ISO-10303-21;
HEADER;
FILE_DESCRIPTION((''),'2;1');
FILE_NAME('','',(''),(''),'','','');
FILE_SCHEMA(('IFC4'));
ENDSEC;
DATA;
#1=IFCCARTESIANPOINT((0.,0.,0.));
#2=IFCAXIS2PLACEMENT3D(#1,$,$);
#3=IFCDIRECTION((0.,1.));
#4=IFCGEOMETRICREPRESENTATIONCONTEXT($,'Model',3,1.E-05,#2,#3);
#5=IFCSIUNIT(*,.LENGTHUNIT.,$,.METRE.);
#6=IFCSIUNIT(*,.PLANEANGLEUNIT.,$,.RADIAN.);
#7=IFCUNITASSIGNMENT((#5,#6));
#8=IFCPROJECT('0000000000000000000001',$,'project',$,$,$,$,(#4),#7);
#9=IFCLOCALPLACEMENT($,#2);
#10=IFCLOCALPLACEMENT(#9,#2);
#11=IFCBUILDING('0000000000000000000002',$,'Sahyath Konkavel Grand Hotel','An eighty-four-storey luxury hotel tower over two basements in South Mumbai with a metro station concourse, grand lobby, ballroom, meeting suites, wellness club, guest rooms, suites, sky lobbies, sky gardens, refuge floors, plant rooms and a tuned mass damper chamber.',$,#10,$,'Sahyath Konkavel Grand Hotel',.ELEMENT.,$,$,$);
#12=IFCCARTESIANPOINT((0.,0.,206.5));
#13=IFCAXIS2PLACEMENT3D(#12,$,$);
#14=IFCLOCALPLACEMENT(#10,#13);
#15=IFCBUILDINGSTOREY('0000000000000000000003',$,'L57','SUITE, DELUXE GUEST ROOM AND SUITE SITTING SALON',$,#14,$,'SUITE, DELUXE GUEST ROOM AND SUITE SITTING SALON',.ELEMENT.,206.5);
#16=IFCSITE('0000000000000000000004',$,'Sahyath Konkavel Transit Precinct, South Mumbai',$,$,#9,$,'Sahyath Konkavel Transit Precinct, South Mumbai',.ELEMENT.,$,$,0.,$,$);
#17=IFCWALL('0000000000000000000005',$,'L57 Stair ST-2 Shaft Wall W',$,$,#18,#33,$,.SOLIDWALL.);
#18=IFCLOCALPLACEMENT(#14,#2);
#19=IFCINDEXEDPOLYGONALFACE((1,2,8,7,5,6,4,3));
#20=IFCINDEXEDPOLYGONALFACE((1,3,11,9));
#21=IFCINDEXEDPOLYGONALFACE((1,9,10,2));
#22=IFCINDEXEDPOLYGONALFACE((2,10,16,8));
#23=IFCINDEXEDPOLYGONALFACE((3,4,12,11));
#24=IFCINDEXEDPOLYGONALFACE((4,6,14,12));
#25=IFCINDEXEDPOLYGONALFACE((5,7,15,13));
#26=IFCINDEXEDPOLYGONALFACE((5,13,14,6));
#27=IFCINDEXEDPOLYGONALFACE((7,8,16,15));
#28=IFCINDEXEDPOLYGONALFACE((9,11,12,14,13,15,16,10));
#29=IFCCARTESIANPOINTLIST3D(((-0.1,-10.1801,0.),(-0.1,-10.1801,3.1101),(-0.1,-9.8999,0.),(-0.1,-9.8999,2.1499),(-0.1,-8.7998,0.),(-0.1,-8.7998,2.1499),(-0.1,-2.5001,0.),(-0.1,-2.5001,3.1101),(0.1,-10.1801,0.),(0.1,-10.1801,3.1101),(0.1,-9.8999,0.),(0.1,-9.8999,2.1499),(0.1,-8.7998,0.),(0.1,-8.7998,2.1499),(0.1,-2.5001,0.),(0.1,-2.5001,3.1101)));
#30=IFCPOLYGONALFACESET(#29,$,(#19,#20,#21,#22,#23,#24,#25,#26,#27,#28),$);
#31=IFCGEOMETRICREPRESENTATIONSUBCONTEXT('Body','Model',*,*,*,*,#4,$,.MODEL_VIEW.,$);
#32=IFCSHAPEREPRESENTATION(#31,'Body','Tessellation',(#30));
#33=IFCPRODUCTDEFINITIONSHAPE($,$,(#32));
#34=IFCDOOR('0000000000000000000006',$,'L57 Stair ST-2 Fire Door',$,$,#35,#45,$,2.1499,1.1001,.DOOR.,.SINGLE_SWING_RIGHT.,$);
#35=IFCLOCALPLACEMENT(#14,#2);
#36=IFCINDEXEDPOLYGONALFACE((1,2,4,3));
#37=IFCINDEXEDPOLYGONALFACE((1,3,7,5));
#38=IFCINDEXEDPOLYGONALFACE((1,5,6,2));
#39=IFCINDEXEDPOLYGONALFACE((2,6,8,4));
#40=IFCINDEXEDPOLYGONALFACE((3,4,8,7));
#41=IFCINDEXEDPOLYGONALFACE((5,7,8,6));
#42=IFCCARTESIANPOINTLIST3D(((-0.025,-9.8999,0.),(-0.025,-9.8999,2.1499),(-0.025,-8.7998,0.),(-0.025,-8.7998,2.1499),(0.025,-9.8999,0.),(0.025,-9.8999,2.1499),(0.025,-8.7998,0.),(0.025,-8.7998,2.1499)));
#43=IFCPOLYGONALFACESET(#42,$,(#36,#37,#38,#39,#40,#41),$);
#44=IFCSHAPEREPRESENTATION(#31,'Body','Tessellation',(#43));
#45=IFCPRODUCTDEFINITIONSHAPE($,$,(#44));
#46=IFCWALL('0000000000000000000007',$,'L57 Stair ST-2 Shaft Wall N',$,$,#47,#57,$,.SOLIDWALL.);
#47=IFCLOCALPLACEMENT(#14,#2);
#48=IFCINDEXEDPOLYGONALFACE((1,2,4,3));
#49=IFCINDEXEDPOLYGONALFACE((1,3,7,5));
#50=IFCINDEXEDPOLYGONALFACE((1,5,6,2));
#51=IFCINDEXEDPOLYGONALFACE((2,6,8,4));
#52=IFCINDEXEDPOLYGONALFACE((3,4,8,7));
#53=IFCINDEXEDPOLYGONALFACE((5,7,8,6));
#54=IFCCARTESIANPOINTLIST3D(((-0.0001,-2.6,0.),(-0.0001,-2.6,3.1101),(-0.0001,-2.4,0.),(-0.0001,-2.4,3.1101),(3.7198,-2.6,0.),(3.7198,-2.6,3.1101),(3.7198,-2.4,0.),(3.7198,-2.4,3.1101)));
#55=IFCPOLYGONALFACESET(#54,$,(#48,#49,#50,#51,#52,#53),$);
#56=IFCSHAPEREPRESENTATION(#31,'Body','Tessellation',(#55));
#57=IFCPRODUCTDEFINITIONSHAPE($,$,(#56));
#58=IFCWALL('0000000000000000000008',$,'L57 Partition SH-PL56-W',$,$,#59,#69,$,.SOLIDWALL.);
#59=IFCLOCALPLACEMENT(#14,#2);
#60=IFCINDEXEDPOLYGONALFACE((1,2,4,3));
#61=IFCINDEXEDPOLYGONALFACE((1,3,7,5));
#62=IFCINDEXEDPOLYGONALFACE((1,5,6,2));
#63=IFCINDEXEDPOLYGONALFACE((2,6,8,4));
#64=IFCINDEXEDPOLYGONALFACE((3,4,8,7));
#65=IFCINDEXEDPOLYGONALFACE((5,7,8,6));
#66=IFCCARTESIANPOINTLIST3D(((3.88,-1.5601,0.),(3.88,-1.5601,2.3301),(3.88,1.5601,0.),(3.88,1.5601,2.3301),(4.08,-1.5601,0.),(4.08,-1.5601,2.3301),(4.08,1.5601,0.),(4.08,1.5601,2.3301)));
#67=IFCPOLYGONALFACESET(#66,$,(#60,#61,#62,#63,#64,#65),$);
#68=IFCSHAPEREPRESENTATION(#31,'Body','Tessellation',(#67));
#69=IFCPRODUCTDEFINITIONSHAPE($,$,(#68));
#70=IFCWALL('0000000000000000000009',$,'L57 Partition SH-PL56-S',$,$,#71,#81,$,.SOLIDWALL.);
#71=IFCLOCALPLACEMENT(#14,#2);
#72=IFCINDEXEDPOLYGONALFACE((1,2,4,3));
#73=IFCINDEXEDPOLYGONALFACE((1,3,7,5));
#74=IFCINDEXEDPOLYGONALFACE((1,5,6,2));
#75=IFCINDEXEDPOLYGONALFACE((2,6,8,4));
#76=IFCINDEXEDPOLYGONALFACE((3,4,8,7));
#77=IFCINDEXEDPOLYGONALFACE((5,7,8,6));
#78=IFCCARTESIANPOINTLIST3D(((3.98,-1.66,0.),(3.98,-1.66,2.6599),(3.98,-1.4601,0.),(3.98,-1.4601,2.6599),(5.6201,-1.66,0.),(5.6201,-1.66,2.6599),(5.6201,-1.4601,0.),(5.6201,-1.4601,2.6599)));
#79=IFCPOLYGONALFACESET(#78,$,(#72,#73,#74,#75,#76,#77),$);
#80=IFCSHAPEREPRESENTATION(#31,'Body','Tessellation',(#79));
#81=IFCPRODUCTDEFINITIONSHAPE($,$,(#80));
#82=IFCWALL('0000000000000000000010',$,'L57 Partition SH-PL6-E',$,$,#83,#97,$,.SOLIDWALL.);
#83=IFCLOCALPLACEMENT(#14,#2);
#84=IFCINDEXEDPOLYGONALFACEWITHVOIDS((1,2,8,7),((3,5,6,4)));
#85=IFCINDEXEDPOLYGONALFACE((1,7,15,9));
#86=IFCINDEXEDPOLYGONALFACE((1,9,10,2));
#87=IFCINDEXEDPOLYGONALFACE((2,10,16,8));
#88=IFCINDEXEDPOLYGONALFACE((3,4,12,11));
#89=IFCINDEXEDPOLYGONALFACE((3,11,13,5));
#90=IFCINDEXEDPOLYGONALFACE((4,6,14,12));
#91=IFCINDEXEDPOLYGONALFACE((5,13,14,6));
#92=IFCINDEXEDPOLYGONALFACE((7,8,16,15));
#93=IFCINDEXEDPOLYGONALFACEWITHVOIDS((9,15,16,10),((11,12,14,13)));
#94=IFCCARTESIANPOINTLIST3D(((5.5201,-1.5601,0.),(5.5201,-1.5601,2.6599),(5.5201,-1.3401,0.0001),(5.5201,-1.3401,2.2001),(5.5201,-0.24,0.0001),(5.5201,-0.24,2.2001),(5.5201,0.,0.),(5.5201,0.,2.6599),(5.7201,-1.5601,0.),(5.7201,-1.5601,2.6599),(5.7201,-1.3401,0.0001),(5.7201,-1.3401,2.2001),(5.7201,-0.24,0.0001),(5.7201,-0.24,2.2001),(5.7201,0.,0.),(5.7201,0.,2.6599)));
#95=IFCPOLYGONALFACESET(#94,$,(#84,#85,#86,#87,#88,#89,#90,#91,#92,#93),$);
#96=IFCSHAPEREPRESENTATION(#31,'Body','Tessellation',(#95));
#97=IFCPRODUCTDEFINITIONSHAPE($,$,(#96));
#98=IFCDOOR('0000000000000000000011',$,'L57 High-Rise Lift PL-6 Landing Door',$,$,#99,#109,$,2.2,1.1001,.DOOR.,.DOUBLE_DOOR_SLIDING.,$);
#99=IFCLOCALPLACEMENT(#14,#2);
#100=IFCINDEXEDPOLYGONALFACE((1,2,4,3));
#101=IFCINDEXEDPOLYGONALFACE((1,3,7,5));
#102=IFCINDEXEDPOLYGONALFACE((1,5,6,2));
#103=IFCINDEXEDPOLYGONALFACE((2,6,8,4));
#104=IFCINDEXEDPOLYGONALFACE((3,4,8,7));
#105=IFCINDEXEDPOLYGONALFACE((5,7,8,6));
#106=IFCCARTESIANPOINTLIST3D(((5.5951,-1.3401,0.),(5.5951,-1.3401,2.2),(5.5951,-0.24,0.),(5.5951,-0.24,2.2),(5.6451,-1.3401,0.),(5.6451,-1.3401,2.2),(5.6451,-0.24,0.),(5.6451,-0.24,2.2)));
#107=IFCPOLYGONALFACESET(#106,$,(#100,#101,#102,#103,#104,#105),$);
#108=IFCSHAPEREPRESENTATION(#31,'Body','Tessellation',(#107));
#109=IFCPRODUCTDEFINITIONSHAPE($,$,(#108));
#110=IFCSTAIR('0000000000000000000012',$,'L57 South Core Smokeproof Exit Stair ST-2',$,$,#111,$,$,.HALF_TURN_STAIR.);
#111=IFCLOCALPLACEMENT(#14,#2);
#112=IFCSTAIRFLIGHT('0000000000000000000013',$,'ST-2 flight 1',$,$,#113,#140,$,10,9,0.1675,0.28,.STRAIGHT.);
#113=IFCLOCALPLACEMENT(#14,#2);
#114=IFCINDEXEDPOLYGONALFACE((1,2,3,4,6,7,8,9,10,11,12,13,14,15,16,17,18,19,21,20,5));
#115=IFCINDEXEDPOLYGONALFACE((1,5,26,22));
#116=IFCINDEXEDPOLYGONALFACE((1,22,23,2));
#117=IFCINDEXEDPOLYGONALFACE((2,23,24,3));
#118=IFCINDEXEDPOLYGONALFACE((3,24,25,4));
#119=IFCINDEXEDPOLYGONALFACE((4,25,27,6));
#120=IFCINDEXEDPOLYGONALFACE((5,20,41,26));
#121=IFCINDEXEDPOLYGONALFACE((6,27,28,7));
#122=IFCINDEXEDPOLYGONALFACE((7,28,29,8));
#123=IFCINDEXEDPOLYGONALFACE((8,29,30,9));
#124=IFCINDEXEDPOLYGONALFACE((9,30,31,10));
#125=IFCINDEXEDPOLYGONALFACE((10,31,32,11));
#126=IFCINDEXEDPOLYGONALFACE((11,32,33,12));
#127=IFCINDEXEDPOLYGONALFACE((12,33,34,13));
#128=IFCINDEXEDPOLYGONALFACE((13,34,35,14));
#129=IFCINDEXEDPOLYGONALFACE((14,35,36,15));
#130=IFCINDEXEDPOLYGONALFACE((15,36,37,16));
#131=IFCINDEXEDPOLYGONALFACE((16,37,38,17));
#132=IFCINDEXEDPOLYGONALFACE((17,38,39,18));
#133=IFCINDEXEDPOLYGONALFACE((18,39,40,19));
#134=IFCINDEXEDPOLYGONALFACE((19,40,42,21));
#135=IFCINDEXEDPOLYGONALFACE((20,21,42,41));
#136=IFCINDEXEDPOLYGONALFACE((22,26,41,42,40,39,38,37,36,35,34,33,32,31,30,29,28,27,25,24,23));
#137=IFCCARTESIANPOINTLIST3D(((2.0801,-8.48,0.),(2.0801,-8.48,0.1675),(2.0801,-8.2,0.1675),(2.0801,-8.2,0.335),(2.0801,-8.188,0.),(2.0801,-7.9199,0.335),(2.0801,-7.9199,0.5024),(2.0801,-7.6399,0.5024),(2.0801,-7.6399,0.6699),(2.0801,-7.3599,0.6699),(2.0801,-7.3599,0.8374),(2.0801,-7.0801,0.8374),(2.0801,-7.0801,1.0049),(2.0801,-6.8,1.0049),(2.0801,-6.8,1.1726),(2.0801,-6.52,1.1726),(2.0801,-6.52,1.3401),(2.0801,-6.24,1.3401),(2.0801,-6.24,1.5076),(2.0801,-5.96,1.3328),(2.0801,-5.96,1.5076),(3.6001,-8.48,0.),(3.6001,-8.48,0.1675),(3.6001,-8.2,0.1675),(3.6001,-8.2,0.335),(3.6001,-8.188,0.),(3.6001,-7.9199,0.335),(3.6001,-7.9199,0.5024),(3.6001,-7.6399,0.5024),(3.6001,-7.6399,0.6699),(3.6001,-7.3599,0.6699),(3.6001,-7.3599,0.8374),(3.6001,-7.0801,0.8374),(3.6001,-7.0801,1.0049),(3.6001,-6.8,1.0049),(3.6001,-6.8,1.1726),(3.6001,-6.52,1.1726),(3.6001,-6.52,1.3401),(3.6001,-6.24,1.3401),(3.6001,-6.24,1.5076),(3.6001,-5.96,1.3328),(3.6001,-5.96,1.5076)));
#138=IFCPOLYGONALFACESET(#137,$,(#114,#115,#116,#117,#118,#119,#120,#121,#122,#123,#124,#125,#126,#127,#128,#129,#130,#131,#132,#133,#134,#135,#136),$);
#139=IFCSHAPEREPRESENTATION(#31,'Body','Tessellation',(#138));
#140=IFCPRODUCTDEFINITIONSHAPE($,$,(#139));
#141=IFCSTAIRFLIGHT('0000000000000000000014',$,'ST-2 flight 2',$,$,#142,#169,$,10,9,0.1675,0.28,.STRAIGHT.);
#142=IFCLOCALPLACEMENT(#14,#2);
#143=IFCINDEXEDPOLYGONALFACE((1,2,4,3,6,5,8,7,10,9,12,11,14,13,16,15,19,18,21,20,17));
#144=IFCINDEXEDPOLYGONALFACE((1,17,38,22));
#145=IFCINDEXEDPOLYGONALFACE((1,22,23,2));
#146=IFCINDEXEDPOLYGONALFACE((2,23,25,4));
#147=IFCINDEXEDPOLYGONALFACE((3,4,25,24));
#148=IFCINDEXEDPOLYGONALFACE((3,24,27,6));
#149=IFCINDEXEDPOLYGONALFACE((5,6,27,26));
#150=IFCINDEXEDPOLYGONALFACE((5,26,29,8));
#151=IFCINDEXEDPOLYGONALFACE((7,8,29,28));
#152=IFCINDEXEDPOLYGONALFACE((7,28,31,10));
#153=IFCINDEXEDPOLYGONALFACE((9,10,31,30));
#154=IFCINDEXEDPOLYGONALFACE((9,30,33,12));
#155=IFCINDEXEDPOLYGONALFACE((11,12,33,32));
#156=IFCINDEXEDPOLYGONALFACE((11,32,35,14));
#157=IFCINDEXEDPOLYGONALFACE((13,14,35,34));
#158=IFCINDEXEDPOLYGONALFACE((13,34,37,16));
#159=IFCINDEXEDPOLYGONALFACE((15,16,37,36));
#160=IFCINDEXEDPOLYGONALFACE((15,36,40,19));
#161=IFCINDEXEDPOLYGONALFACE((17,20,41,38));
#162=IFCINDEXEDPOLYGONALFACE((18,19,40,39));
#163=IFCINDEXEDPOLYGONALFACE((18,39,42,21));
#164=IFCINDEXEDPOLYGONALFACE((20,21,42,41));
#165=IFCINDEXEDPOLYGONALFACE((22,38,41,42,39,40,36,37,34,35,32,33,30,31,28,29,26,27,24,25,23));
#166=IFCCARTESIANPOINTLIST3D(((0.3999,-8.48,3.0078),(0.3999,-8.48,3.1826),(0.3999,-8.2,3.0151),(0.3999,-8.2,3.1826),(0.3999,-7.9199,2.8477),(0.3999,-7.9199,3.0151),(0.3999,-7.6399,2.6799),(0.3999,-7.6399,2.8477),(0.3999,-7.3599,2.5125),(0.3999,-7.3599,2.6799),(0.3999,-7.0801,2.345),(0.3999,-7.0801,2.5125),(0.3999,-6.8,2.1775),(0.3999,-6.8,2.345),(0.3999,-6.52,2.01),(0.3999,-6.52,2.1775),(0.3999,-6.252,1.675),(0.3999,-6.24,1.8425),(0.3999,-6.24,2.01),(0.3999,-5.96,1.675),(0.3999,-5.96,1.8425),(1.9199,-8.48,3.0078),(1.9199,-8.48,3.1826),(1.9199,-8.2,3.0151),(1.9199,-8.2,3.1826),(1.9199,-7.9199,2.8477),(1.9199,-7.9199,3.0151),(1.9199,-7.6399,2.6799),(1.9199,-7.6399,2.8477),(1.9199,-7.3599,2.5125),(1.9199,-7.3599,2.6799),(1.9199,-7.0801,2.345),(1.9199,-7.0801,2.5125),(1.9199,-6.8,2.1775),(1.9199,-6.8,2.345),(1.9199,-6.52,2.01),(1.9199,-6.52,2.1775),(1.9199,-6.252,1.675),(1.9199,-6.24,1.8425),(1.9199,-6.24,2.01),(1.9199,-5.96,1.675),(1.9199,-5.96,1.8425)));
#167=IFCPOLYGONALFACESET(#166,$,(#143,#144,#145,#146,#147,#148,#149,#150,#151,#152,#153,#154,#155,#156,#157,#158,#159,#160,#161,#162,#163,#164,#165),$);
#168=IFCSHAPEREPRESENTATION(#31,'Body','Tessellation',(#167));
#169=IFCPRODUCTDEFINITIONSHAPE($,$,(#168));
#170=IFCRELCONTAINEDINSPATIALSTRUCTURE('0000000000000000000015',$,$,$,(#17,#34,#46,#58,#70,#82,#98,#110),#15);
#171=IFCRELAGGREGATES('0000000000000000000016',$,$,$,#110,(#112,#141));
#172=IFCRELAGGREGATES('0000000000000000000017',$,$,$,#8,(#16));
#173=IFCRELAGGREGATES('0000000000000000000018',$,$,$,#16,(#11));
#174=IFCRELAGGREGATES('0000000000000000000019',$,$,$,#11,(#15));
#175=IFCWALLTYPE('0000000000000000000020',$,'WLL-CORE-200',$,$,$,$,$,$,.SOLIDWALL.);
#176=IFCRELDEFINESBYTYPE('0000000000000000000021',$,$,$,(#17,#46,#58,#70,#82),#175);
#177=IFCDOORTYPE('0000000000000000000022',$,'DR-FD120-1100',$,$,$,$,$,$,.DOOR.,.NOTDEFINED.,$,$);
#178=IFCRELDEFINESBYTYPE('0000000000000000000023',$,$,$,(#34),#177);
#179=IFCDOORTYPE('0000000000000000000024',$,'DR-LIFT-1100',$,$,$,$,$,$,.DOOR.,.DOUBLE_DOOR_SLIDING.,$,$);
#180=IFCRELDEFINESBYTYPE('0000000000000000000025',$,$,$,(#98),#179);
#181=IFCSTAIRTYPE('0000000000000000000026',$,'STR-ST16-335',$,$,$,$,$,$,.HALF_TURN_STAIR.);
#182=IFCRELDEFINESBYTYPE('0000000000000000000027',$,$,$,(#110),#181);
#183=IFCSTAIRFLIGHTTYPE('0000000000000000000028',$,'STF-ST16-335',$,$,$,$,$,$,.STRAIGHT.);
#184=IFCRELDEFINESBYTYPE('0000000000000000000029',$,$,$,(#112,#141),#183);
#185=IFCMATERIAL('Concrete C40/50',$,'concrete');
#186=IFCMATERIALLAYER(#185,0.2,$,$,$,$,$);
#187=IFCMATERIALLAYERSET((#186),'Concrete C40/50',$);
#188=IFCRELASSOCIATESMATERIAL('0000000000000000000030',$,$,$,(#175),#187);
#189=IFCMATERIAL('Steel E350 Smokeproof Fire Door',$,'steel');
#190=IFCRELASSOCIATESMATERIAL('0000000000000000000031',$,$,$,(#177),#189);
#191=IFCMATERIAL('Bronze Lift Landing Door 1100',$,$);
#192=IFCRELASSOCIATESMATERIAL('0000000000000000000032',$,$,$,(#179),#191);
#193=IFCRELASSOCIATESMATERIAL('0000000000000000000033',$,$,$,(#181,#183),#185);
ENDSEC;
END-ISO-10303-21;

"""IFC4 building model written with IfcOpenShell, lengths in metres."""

from ifc_helpers import new_model, si_unit, direction, frame, frame_2d, origin, origin_2d, place, context, subcontext, project, spatial, polyline, rectangle, outline, extrude, source, transform, mapped, material, layer, layer_set, type_object, element, fill, aggregate, save


model = new_model("IFC4")

# Units and contexts
model_context = context("Model", 3, precision=1e-05, world=origin(), true_north=direction((0.0, 1.0)))
body_context = subcontext(model_context, "Body", "Model", "MODEL_VIEW")
ifc_project = project(units=[si_unit("LENGTHUNIT", "METRE"), si_unit("PLANEANGLEUNIT", "RADIAN")], contexts=[model_context])

# Site, building, storey
site_placement = place(None, origin())
site = spatial("IfcSite", under=ifc_project, at=site_placement, Name="Sahyath Konkavel Transit Precinct, South Mumbai", LongName="Sahyath Konkavel Transit Precinct, South Mumbai", CompositionType="ELEMENT", RefElevation=0.0)
building_placement = place(site_placement, origin())
building = spatial("IfcBuilding", under=site, at=building_placement, Name="Sahyath Konkavel Grand Hotel", Description="An eighty-four-storey luxury hotel tower over two basements in South Mumbai with a metro station concourse, grand lobby, ballroom, meeting suites, wellness club, guest rooms, suites, sky lobbies, sky gardens, refuge floors, plant rooms and a tuned mass damper chamber.", LongName="Sahyath Konkavel Grand Hotel", CompositionType="ELEMENT")
storey_placement = place(building_placement, frame((0.0, 0.0, 206.5)))
storey = spatial("IfcBuildingStorey", under=building, at=storey_placement, Name="L57", Description="SUITE, DELUXE GUEST ROOM AND SUITE SITTING SALON", LongName="SUITE, DELUXE GUEST ROOM AND SUITE SITTING SALON", CompositionType="ELEMENT", Elevation=206.5)

# Shared definitions
ifc_material_1 = material(Name="Concrete C40/50", Category="concrete")

# Wall, opening, door
ifc_layer_1 = layer(ifc_material_1, 0.2)
ifc_layer_set_1 = layer_set([ifc_layer_1], Name="Concrete C40/50")
wall_type_1 = type_object("IfcWallType", Name="WLL-CORE-200", PredefinedType="SOLIDWALL", material=ifc_layer_set_1)
wall_1_placement = place(storey_placement, frame((0.0, -10.1799, 0.0), z_axis=(0.0, 0.0, 1.0), x_axis=(0.0, 1.0, 0.0)))
wall_1 = element("IfcWall", 1, at=wall_1_placement, inside=storey, type_object=wall_type_1, Name="L57 Stair ST-2 Shaft Wall W", PredefinedType="SOLIDWALL", context=body_context, shape_type="SweptSolid", body=[
    extrude(rectangle(XDim=7.6799, YDim=0.2, at=frame_2d((3.8398, 0.0))), origin(), (0.0, 0.0, 1.0), 3.1101),
])
opening_1_placement = place(wall_1_placement, frame((0.28, 0.0, 0.0)))
opening_1 = element("IfcOpeningElement", 2, at=opening_1_placement, cuts=wall_1, PredefinedType="OPENING", context=body_context, shape_type="SweptSolid", body=[
    extrude(rectangle(XDim=1.1001, YDim=2.1499, at=frame_2d((0.55, 1.075))), frame((0.0, 0.1099, 0.0), z_axis=(0.0, -1.0, 0.0), x_axis=(1.0, 0.0, 0.0)), (0.0, 0.0, 1.0), 0.22),
])
ifc_material_2 = material(Name="Steel E350 Smokeproof Fire Door", Category="steel")
door_type_1 = type_object("IfcDoorType", Name="DR-FD120-1100", OperationType="NOTDEFINED", PredefinedType="DOOR", material=ifc_material_2)
shared_shape_1 = source(origin(), body_context, "Body", "SweptSolid", [
    extrude(rectangle(XDim=1.1001, YDim=0.05, at=origin_2d()), origin(), (0.0, 0.0, 1.0), 2.1499),
])
door_1_placement = place(opening_1_placement, frame((0.55, 0.0, 0.0)))
door_1 = element("IfcDoor", 3, at=door_1_placement, inside=storey, type_object=door_type_1, Name="L57 Stair ST-2 Fire Door", OperationType="SINGLE_SWING_RIGHT", OverallHeight=2.1499, OverallWidth=1.1001, PredefinedType="DOOR", context=body_context, shape_type="MappedRepresentation", body=[
    mapped(shared_shape_1, transform((0.0, 0.0, 0.0), scale=1.0)),
])
fill(opening_1, door_1)

# Walls
wall_2_placement = place(storey_placement, frame((0.0, -2.5, 0.0), z_axis=(0.0, 0.0, 1.0), x_axis=(1.0, 0.0, 0.0)))
element("IfcWall", 4, at=wall_2_placement, inside=storey, type_object=wall_type_1, Name="L57 Stair ST-2 Shaft Wall N", PredefinedType="SOLIDWALL", context=body_context, shape_type="SweptSolid", body=[
    extrude(rectangle(XDim=3.72, YDim=0.2, at=frame_2d((1.8599, 0.0))), origin(), (0.0, 0.0, 1.0), 3.1101),
])
wall_3_placement = place(storey_placement, frame((3.98, -1.5601, 0.0), z_axis=(0.0, 0.0, 1.0), x_axis=(0.0, 1.0, 0.0)))
element("IfcWall", 5, at=wall_3_placement, inside=storey, type_object=wall_type_1, Name="L57 Partition SH-PL56-W", PredefinedType="SOLIDWALL", context=body_context, shape_type="SweptSolid", body=[
    extrude(rectangle(XDim=3.1201, YDim=0.2, at=frame_2d((1.5601, 0.0))), origin(), (0.0, 0.0, 1.0), 2.3301),
])
wall_4_placement = place(storey_placement, frame((3.98, -1.5601, 0.0), z_axis=(0.0, 0.0, 1.0), x_axis=(1.0, 0.0, 0.0)))
element("IfcWall", 6, at=wall_4_placement, inside=storey, type_object=wall_type_1, Name="L57 Partition SH-PL56-S", PredefinedType="SOLIDWALL", context=body_context, shape_type="SweptSolid", body=[
    extrude(rectangle(XDim=1.6401, YDim=0.2, at=frame_2d((0.8201, 0.0))), origin(), (0.0, 0.0, 1.0), 2.6599),
])

# Wall, opening, door
wall_5_placement = place(storey_placement, frame((5.6201, -1.5601, 0.0), z_axis=(0.0, 0.0, 1.0), x_axis=(0.0, 1.0, 0.0)))
wall_5 = element("IfcWall", 7, at=wall_5_placement, inside=storey, type_object=wall_type_1, Name="L57 Partition SH-PL6-E", PredefinedType="SOLIDWALL", context=body_context, shape_type="SweptSolid", body=[
    extrude(rectangle(XDim=1.5601, YDim=0.2, at=frame_2d((0.78, 0.0))), origin(), (0.0, 0.0, 1.0), 2.6599),
])
opening_2_placement = place(wall_5_placement, frame((0.22, 0.0, 0.0)))
opening_2 = element("IfcOpeningElement", 8, at=opening_2_placement, cuts=wall_5, PredefinedType="OPENING", context=body_context, shape_type="SweptSolid", body=[
    extrude(rectangle(XDim=1.1001, YDim=2.2, at=frame_2d((0.55, 1.1001))), frame((0.0, 0.1099, 0.0), z_axis=(0.0, -1.0, 0.0), x_axis=(1.0, 0.0, 0.0)), (0.0, 0.0, 1.0), 0.22),
])
ifc_material_3 = material(Name="Bronze Lift Landing Door 1100")
door_type_2 = type_object("IfcDoorType", Name="DR-LIFT-1100", OperationType="DOUBLE_DOOR_SLIDING", PredefinedType="DOOR", material=ifc_material_3)
shared_shape_2 = source(origin(), body_context, "Body", "SweptSolid", [
    extrude(rectangle(XDim=1.1001, YDim=0.05, at=origin_2d()), origin(), (0.0, 0.0, 1.0), 2.2),
])
door_2_placement = place(opening_2_placement, frame((0.55, 0.0, 0.0)))
door_2 = element("IfcDoor", 9, at=door_2_placement, inside=storey, type_object=door_type_2, Name="L57 High-Rise Lift PL-6 Landing Door", OperationType="DOUBLE_DOOR_SLIDING", OverallHeight=2.2, OverallWidth=1.1001, PredefinedType="DOOR", context=body_context, shape_type="MappedRepresentation", body=[
    mapped(shared_shape_2, transform((0.0, 0.0, 0.0), scale=1.0)),
])
fill(opening_2, door_2)

# Stair, stair flights
stair_type = type_object("IfcStairType", Name="STR-ST16-335", PredefinedType="HALF_TURN_STAIR", material=ifc_material_1)
stair_placement = place(storey_placement, origin())
stair = element("IfcStair", 10, at=stair_placement, inside=storey, type_object=stair_type, Name="L57 South Core Smokeproof Exit Stair ST-2", PredefinedType="HALF_TURN_STAIR")
stair_flight_type = type_object("IfcStairFlightType", Name="STF-ST16-335", PredefinedType="STRAIGHT", material=ifc_material_1)
stair_flight_1_placement = place(storey_placement, frame((2.8401, -8.48, 0.0), z_axis=(0.0, 0.0, 1.0), x_axis=(0.0, 1.0, 0.0)))
stair_flight_1 = element("IfcStairFlight", 11, at=stair_flight_1_placement, type_object=stair_flight_type, Name="ST-2 flight 1", NumberOfRisers=10, NumberOfTreads=9, PredefinedType="STRAIGHT", RiserHeight=0.1675, TreadLength=0.28, context=body_context, shape_type="SweptSolid", body=[
    extrude(outline(polyline([(0.0, 0.0), (0.0, 0.1675), (0.28, 0.1675), (0.28, 0.335), (0.5601, 0.335), (0.5601, 0.5024), (0.8401, 0.5024), (0.8401, 0.6699), (1.1201, 0.6699), (1.1201, 0.8374), (1.3999, 0.8374), (1.3999, 1.0049), (1.6799, 1.0049), (1.6799, 1.1726), (1.96, 1.1726), (1.96, 1.3401), (2.24, 1.3401), (2.24, 1.5076), (2.52, 1.5076), (2.52, 1.675), (2.52, 1.3328), (0.292, 0.0), (0.0, 0.0)])), frame((0.0, 0.76, 0.0), z_axis=(0.0, -1.0, 0.0), x_axis=(1.0, 0.0, 0.0)), (0.0, 0.0, 1.0), 1.52),
])
stair_flight_2_placement = place(storey_placement, frame((1.1599, -5.96, 1.675), z_axis=(0.0, 0.0, 1.0), x_axis=(0.0, -1.0, 0.0)))
stair_flight_2 = element("IfcStairFlight", 12, at=stair_flight_2_placement, type_object=stair_flight_type, Name="ST-2 flight 2", NumberOfRisers=10, NumberOfTreads=9, PredefinedType="STRAIGHT", RiserHeight=0.1675, TreadLength=0.28, context=body_context, shape_type="SweptSolid", body=[
    extrude(outline(polyline([(0.0, 0.0), (0.0, 0.1675), (0.28, 0.1675), (0.28, 0.335), (0.5601, 0.335), (0.5601, 0.5024), (0.8401, 0.5024), (0.8401, 0.6699), (1.1201, 0.6699), (1.1201, 0.8374), (1.3999, 0.8374), (1.3999, 1.0049), (1.6799, 1.0049), (1.6799, 1.1726), (1.96, 1.1726), (1.96, 1.3401), (2.24, 1.3401), (2.24, 1.5076), (2.52, 1.5076), (2.52, 1.675), (2.52, 1.3328), (0.292, 0.0), (0.0, 0.0)])), frame((0.0, 0.76, 0.0), z_axis=(0.0, -1.0, 0.0), x_axis=(1.0, 0.0, 0.0)), (0.0, 0.0, 1.0), 1.52),
])
aggregate(stair, [stair_flight_1, stair_flight_2])

save(model, "model.ifc")
